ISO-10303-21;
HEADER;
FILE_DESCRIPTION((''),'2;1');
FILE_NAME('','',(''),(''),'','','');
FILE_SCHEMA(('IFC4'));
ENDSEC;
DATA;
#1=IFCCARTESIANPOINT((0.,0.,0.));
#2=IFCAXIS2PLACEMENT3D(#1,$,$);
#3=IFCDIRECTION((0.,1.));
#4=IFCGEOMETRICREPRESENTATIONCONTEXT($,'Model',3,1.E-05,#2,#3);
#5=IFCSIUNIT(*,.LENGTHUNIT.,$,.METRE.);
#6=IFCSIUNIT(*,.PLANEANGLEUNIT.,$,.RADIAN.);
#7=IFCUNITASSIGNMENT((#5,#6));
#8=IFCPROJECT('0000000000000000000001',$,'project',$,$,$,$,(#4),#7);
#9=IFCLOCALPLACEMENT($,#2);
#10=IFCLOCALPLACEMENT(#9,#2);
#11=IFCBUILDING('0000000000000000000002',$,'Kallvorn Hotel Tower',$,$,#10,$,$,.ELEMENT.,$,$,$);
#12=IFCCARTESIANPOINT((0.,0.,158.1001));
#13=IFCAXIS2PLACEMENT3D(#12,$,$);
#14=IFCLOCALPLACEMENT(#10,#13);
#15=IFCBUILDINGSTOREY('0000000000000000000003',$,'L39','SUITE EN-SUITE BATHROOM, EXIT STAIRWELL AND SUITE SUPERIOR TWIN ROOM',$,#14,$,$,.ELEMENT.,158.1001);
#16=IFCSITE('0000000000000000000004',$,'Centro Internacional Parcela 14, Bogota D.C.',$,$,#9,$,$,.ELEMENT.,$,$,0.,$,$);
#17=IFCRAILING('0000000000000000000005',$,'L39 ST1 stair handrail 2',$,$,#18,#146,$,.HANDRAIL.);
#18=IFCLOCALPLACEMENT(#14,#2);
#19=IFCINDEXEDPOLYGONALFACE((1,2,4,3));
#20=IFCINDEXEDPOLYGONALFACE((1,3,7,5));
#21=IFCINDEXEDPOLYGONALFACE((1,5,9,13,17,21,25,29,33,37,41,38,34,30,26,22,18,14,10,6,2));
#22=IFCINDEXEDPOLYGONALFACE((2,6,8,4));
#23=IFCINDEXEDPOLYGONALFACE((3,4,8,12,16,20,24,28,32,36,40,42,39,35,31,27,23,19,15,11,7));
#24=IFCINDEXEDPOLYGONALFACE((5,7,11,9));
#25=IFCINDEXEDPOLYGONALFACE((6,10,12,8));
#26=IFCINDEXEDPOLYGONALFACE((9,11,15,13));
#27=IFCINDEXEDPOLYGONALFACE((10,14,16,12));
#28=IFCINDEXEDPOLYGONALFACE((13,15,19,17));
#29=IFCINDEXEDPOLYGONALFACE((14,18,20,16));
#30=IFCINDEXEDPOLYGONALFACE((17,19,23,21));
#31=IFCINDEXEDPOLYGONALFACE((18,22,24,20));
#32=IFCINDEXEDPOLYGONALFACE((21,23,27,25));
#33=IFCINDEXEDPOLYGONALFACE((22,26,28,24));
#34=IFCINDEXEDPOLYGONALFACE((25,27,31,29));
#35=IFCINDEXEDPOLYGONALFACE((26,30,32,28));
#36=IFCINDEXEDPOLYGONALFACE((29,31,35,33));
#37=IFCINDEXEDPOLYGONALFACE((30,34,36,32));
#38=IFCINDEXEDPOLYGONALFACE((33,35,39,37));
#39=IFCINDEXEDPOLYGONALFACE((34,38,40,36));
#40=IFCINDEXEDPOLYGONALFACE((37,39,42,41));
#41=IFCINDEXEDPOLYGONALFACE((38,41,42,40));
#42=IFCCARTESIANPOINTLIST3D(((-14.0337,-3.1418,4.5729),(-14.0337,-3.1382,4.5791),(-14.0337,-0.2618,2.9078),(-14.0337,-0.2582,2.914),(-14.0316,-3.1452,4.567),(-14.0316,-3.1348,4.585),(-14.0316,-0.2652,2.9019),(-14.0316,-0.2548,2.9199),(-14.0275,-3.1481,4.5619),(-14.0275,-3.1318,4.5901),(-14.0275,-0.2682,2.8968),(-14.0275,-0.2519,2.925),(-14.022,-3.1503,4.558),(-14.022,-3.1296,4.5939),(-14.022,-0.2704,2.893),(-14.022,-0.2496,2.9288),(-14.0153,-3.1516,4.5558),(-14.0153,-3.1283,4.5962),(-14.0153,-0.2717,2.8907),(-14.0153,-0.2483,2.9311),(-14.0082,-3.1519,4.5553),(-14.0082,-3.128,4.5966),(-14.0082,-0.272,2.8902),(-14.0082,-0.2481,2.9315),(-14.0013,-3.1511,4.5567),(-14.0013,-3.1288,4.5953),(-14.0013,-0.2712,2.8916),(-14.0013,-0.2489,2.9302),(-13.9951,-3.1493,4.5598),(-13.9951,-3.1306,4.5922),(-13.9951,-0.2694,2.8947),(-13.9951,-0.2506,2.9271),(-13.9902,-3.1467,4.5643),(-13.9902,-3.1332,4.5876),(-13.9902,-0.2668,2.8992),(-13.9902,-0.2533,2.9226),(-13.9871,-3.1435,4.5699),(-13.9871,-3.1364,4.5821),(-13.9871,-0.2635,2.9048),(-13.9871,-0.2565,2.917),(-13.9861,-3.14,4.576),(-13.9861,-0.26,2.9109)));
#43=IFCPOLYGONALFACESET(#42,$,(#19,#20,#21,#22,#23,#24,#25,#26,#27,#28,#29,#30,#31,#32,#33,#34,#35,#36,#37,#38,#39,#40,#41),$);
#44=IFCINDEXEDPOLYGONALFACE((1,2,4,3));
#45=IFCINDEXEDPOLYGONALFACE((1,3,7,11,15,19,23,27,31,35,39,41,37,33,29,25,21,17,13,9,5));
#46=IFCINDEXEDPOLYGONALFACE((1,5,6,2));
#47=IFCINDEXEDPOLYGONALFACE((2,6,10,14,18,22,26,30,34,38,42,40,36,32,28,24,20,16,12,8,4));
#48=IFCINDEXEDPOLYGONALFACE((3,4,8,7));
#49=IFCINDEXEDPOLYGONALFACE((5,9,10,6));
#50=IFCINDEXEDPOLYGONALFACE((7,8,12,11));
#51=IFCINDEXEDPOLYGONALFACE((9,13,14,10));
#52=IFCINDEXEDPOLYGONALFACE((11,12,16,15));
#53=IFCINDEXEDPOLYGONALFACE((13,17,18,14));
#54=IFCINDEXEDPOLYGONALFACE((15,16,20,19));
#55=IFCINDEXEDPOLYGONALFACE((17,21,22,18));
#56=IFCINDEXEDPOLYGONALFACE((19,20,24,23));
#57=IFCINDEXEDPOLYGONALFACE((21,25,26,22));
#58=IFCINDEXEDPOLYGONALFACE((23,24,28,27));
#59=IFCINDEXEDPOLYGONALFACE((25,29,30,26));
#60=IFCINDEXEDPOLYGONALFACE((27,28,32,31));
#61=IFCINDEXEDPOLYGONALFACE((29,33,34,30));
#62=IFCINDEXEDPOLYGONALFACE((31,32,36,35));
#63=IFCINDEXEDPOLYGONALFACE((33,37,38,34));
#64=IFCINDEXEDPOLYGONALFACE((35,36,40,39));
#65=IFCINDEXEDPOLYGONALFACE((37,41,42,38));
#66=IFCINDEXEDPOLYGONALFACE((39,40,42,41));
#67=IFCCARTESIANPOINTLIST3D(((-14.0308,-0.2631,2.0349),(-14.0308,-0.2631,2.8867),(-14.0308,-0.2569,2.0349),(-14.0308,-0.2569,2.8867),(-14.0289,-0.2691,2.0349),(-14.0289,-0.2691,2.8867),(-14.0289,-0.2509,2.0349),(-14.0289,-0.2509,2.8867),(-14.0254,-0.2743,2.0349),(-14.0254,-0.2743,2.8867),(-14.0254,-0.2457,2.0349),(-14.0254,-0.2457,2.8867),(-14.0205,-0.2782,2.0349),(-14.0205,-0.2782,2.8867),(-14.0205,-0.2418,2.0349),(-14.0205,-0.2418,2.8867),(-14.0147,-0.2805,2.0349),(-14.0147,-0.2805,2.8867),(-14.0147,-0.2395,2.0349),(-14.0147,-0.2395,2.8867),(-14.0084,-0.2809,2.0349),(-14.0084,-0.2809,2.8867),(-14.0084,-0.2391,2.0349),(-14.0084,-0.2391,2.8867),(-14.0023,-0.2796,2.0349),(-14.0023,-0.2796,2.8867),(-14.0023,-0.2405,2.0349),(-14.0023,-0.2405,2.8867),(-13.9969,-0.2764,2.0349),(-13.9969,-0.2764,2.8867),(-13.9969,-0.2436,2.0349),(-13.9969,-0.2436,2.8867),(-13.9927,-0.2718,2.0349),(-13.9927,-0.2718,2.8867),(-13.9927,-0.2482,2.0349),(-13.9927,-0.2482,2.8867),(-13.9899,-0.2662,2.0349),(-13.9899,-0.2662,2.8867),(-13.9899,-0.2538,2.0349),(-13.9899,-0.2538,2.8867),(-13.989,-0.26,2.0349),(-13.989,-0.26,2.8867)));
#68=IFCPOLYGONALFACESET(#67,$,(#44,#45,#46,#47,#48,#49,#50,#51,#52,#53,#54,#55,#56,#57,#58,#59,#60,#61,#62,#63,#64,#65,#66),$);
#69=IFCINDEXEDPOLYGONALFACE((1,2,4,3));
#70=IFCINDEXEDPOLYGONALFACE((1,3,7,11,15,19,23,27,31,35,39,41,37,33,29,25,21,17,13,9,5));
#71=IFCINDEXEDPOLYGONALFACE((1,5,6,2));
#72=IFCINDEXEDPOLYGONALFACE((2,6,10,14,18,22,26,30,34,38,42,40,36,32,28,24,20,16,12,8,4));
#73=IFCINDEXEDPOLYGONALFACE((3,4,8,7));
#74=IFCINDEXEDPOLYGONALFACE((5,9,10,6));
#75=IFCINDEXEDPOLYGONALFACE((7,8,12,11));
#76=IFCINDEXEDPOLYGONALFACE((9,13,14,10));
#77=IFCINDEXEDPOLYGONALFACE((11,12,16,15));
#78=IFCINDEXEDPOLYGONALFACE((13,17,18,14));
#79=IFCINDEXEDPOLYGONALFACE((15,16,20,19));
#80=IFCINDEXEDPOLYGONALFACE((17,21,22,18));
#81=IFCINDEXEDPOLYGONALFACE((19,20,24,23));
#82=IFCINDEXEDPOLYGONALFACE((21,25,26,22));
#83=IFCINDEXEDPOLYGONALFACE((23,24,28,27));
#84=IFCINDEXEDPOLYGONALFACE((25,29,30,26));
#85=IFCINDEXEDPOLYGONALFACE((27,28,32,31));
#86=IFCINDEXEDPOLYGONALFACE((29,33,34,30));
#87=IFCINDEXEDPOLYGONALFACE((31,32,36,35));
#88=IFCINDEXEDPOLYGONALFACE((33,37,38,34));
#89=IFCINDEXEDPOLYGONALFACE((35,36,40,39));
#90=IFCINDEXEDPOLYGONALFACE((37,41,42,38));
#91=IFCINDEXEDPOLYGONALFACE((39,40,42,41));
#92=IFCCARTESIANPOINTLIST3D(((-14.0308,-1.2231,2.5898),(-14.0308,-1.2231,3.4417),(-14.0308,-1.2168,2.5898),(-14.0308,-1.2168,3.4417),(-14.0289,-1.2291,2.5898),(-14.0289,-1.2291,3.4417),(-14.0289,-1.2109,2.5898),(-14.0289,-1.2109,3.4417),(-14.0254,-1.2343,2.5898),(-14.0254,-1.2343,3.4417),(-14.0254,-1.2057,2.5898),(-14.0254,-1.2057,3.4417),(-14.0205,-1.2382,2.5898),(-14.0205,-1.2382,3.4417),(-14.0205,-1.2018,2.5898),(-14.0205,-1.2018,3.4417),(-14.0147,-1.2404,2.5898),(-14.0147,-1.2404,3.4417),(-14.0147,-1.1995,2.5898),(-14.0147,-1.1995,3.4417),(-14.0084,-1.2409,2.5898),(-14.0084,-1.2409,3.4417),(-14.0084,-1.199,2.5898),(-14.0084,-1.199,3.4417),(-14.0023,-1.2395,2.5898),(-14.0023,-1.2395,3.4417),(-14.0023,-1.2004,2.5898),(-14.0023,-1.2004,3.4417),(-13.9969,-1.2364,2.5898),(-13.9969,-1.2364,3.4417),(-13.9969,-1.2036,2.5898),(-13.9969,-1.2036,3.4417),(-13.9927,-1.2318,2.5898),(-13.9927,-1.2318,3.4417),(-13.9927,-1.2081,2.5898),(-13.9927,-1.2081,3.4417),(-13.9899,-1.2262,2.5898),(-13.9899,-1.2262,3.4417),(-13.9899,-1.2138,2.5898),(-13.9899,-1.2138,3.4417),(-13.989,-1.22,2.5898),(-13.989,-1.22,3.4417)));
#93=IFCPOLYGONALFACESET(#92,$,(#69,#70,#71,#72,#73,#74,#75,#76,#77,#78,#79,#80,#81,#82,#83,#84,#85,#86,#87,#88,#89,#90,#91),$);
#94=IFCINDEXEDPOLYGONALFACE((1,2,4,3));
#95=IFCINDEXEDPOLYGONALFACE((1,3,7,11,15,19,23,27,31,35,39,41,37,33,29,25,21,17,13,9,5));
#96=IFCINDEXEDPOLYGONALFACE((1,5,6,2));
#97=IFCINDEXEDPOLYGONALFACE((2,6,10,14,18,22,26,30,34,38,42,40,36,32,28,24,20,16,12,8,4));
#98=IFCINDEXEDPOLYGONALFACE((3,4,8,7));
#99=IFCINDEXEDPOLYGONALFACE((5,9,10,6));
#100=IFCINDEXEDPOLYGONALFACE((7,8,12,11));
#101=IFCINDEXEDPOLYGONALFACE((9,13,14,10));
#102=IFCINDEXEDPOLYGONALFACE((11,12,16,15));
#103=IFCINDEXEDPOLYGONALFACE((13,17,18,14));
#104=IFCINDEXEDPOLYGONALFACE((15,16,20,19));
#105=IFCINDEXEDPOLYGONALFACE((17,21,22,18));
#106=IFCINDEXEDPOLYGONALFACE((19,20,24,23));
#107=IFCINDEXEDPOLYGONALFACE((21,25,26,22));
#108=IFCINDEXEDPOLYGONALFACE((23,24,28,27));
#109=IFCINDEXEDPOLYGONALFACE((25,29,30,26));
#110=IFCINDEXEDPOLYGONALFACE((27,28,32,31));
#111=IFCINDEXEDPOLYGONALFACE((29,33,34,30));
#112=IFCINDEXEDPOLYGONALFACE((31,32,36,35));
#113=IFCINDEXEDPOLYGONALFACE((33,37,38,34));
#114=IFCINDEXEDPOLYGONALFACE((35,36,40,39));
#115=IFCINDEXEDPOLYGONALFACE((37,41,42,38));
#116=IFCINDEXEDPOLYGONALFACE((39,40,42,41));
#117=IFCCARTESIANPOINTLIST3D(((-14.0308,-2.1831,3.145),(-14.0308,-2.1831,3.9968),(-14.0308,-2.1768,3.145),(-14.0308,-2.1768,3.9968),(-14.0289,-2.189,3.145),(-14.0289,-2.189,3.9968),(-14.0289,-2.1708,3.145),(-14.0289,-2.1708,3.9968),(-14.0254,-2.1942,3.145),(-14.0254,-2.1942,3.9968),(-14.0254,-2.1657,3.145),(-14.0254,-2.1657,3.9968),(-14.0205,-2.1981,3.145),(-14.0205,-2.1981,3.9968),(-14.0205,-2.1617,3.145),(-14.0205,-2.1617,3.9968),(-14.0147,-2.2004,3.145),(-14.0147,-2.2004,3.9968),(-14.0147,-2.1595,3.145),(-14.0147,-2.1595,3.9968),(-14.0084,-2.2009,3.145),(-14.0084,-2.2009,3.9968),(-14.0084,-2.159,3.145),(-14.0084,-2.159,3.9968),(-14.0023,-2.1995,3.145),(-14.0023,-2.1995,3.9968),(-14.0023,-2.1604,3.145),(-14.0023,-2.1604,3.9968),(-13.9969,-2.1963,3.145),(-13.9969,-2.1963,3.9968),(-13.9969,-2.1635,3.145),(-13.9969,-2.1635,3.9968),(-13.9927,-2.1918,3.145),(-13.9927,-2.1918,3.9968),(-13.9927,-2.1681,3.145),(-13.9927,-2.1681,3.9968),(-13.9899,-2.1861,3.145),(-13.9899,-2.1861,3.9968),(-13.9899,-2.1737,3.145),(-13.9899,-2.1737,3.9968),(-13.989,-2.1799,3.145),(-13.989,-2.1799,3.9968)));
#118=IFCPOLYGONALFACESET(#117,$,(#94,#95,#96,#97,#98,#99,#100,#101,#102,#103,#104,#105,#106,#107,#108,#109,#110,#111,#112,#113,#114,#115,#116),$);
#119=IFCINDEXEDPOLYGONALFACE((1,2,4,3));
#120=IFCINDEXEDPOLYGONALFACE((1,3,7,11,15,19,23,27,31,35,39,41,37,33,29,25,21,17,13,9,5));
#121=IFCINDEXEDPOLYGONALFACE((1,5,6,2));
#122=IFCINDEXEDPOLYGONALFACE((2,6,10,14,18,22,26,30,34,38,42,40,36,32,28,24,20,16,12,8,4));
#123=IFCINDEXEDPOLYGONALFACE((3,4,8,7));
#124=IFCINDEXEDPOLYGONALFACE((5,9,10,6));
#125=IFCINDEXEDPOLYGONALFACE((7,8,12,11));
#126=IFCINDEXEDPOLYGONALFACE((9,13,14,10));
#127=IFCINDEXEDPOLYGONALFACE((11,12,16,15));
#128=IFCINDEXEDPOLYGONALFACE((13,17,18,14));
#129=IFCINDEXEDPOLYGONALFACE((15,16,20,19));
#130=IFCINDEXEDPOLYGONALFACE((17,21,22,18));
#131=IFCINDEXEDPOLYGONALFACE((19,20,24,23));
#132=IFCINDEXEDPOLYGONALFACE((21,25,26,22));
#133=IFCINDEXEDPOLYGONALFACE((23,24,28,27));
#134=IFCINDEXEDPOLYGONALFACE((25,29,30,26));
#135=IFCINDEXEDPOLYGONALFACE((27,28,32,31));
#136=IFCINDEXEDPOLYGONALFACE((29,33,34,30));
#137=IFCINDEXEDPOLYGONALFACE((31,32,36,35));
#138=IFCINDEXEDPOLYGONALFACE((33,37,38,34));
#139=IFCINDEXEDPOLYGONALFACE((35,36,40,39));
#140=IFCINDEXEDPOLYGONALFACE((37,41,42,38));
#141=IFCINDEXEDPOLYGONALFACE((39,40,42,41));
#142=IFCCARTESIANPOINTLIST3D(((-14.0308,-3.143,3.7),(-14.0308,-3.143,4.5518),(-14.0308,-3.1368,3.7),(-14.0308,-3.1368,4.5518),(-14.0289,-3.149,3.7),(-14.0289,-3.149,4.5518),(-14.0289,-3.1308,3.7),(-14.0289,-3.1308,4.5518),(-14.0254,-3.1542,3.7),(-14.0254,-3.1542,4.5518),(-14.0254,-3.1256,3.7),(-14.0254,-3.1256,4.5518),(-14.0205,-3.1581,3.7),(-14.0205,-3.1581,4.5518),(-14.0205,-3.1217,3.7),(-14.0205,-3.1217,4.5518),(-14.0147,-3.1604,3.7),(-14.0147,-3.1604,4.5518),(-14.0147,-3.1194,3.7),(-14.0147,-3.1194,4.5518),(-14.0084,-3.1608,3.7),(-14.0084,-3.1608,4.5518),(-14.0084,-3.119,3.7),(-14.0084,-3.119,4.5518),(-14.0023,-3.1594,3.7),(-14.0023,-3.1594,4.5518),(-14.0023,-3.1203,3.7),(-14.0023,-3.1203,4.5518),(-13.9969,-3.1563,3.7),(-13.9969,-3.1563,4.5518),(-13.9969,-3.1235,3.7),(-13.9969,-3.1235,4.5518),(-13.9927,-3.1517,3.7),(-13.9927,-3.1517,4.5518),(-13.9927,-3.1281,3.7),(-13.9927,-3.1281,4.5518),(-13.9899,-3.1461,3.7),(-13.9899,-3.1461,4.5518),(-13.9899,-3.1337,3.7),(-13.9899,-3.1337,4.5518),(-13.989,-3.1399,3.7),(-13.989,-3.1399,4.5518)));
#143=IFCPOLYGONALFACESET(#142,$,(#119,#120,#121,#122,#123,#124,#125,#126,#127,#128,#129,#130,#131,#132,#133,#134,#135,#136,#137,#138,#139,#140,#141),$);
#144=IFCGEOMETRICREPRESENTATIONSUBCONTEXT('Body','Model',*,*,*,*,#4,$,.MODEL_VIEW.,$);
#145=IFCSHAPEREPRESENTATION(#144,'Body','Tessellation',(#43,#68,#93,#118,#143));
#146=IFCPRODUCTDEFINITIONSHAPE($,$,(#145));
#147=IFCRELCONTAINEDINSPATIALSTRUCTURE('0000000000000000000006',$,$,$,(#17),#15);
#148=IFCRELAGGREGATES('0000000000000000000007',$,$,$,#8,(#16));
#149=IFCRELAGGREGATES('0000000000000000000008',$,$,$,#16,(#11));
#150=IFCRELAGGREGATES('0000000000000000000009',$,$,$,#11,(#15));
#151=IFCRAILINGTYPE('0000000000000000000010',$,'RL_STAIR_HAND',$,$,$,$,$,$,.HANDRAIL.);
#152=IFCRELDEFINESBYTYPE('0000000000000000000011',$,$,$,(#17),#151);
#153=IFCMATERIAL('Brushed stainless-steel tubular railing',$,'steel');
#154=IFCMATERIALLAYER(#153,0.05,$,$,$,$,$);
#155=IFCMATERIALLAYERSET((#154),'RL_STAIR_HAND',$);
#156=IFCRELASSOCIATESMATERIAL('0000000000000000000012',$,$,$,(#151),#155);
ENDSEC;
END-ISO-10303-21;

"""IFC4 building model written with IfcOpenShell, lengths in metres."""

from ifc_helpers import new_model, si_unit, direction, frame, origin, origin_2d, place, context, subcontext, project, spatial, circle, extrude, material, layer, layer_set, type_object, element, save


model = new_model("IFC4")

# Units and contexts
model_context = context("Model", 3, precision=1e-05, world=origin(), true_north=direction((0.0, 1.0)))
body_context = subcontext(model_context, "Body", "Model", "MODEL_VIEW")
ifc_project = project(units=[si_unit("LENGTHUNIT", "METRE"), si_unit("PLANEANGLEUNIT", "RADIAN")], contexts=[model_context])

# Site, building, storey
site_placement = place(None, origin())
site = spatial("IfcSite", under=ifc_project, at=site_placement, Name="Centro Internacional Parcela 14, Bogota D.C.", CompositionType="ELEMENT", RefElevation=0.0)
building_placement = place(site_placement, origin())
building = spatial("IfcBuilding", under=site, at=building_placement, Name="Kallvorn Hotel Tower", CompositionType="ELEMENT")
storey_placement = place(building_placement, frame((0.0, 0.0, 158.1001)))
storey = spatial("IfcBuildingStorey", under=building, at=storey_placement, Name="L39", Description="SUITE EN-SUITE BATHROOM, EXIT STAIRWELL AND SUITE SUPERIOR TWIN ROOM", CompositionType="ELEMENT", Elevation=158.1001)

# Railing
ifc_material_1 = material(Name="Brushed stainless-steel tubular railing", Category="steel")
ifc_layer_1 = layer(ifc_material_1, 0.05)
ifc_layer_set_1 = layer_set([ifc_layer_1], Name="RL_STAIR_HAND")
railing_type_1 = type_object("IfcRailingType", Name="RL_STAIR_HAND", PredefinedType="HANDRAIL", material=ifc_layer_set_1)
railing_1_placement = place(storey_placement, frame((-14.01, -0.26, 2.0349)))
element("IfcRailing", 1, at=railing_1_placement, inside=storey, type_object=railing_type_1, Name="L39 ST1 stair handrail 2", PredefinedType="HANDRAIL", context=body_context, shape_type="SweptSolid", body=[
    extrude(circle(Radius=0.0239, at=origin_2d()), frame((0.0, 0.0, 0.876), z_axis=(0.0, -0.865721, 0.500527), x_axis=(1.0, 0.0, 0.0)), (0.0, 0.0, 1.0), 3.3267),
    extrude(circle(Radius=0.021, at=origin_2d()), origin(), (0.0, 0.0, 1.0), 0.8518),
    extrude(circle(Radius=0.021, at=origin_2d()), frame((0.0, -0.96, 0.5549)), (0.0, 0.0, 1.0), 0.8518),
    extrude(circle(Radius=0.021, at=origin_2d()), frame((0.0, -1.9199, 1.1101)), (0.0, 0.0, 1.0), 0.8518),
    extrude(circle(Radius=0.021, at=origin_2d()), frame((0.0, -2.8799, 1.665)), (0.0, 0.0, 1.0), 0.8518),
])

save(model, "model.ifc")
